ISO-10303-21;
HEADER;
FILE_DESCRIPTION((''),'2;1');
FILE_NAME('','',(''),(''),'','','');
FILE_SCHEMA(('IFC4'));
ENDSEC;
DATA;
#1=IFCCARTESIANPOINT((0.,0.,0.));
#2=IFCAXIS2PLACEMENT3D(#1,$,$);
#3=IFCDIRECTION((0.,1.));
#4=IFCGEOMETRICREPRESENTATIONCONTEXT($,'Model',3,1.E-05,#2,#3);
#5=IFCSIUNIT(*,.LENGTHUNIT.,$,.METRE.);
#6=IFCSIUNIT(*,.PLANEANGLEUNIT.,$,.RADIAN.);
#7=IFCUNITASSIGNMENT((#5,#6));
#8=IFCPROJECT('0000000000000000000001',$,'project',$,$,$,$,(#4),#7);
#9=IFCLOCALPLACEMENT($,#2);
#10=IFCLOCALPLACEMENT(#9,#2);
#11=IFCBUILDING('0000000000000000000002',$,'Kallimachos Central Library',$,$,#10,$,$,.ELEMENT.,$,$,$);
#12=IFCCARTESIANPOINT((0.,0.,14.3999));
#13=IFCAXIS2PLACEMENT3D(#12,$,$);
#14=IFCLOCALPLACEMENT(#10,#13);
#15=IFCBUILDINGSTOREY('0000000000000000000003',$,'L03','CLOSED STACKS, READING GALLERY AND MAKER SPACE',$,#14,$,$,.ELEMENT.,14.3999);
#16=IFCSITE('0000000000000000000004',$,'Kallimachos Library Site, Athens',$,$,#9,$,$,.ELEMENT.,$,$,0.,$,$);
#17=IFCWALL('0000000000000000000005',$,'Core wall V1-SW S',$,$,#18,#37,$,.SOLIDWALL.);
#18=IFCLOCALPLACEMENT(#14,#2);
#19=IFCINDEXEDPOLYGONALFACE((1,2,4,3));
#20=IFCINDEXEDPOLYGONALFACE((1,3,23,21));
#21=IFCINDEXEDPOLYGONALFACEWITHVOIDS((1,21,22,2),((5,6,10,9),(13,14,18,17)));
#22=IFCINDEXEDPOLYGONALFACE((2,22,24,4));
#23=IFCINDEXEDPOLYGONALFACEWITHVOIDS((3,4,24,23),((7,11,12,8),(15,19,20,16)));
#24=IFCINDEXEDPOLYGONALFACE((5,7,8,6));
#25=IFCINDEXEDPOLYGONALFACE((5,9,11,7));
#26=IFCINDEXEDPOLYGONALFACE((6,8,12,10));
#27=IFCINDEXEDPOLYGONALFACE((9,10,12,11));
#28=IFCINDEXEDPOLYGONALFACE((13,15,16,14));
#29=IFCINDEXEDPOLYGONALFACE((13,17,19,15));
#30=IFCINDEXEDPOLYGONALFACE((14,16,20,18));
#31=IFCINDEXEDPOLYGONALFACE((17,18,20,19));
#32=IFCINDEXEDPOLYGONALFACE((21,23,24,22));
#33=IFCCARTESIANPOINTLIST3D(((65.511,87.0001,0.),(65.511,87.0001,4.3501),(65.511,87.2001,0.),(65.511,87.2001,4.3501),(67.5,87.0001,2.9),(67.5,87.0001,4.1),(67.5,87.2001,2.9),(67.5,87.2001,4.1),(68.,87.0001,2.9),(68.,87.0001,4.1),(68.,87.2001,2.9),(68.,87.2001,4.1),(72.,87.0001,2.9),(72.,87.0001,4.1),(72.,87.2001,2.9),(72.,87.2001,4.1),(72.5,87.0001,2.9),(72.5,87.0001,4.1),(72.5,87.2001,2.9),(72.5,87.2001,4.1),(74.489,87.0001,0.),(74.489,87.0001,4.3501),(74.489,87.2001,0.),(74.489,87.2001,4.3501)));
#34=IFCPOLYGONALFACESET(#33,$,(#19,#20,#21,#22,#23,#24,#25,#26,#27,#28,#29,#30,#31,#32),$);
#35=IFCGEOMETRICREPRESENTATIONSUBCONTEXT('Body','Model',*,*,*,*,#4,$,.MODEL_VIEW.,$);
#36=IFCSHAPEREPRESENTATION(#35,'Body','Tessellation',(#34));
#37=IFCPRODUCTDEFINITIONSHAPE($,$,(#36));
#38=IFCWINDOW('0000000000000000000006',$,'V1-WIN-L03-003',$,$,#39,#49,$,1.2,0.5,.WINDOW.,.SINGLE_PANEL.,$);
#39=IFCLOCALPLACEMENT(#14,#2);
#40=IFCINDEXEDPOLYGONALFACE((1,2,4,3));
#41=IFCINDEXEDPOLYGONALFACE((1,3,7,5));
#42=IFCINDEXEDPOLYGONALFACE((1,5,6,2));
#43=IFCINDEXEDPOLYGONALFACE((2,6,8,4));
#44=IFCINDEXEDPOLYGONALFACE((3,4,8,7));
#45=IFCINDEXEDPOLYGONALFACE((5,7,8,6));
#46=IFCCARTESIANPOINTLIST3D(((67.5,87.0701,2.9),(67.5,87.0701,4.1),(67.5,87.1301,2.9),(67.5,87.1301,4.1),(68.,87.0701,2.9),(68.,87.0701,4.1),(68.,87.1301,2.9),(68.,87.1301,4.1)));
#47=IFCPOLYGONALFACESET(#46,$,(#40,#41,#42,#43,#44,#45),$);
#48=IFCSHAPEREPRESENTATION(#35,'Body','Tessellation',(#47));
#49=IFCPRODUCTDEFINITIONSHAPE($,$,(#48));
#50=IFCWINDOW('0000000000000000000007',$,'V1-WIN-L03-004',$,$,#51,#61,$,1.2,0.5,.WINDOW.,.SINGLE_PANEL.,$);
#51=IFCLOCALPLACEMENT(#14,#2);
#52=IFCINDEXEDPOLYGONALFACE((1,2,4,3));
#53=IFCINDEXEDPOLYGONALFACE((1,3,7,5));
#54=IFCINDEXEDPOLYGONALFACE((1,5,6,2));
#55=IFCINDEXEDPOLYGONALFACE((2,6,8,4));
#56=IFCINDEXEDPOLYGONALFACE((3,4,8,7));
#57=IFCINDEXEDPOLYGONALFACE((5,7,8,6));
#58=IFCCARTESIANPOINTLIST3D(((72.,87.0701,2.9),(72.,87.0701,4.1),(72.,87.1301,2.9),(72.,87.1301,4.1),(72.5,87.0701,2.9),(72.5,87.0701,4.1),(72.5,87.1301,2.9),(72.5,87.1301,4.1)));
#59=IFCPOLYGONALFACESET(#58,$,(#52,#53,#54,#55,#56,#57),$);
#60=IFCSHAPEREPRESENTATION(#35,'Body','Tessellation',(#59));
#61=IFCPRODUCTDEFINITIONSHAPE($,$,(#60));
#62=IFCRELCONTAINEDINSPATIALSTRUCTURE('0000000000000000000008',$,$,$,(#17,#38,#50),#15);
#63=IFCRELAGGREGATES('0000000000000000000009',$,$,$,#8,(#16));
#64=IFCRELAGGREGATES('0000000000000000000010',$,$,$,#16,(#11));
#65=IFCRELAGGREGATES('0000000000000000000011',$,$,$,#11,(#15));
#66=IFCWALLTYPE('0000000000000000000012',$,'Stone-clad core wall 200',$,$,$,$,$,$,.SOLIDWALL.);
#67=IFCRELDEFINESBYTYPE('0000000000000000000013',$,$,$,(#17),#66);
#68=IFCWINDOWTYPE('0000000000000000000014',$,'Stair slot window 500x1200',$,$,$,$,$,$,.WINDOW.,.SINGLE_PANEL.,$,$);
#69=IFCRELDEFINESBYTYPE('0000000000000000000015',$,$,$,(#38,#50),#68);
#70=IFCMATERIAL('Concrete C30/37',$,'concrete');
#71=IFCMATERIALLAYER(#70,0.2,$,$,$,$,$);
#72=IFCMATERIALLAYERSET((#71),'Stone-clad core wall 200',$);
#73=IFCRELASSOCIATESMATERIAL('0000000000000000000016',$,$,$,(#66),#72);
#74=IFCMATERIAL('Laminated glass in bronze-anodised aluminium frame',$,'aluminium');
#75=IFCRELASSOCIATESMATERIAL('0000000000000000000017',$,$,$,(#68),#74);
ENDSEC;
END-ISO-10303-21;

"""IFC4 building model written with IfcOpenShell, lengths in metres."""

from ifc_helpers import new_model, si_unit, direction, frame, frame_2d, origin, place, context, subcontext, project, spatial, rectangle, extrude, material, layer, layer_set, type_object, element, fill, save


model = new_model("IFC4")

# Units and contexts
model_context = context("Model", 3, precision=1e-05, world=origin(), true_north=direction((0.0, 1.0)))
body_context = subcontext(model_context, "Body", "Model", "MODEL_VIEW")
ifc_project = project(units=[si_unit("LENGTHUNIT", "METRE"), si_unit("PLANEANGLEUNIT", "RADIAN")], contexts=[model_context])

# Site, building, storey
site_placement = place(None, origin())
site = spatial("IfcSite", under=ifc_project, at=site_placement, Name="Kallimachos Library Site, Athens", CompositionType="ELEMENT", RefElevation=0.0)
building_placement = place(site_placement, origin())
building = spatial("IfcBuilding", under=site, at=building_placement, Name="Kallimachos Central Library", CompositionType="ELEMENT")
storey_placement = place(building_placement, frame((0.0, 0.0, 14.3999)))
storey = spatial("IfcBuildingStorey", under=building, at=storey_placement, Name="L03", Description="CLOSED STACKS, READING GALLERY AND MAKER SPACE", CompositionType="ELEMENT", Elevation=14.3999)

# Wall, openings, windows
ifc_material_1 = material(Name="Concrete C30/37", Category="concrete")
ifc_layer_1 = layer(ifc_material_1, 0.2)
ifc_layer_set_1 = layer_set([ifc_layer_1], Name="Stone-clad core wall 200")
wall_type_1 = type_object("IfcWallType", Name="Stone-clad core wall 200", PredefinedType="SOLIDWALL", material=ifc_layer_set_1)
ifc_material_2 = material(Name="Laminated glass in bronze-anodised aluminium frame", Category="aluminium")
window_type = type_object("IfcWindowType", Name="Stair slot window 500x1200", PartitioningType="SINGLE_PANEL", PredefinedType="WINDOW", material=ifc_material_2)
wall_1_placement = place(storey_placement, frame((65.511, 87.1001, 0.0), z_axis=(0.0, 0.0, 1.0), x_axis=(1.0, 0.0, 0.0)))
wall_1 = element("IfcWall", 1, at=wall_1_placement, inside=storey, type_object=wall_type_1, Name="Core wall V1-SW S", PredefinedType="SOLIDWALL", context=body_context, shape_type="SweptSolid", body=[
    extrude(rectangle(XDim=8.978, YDim=0.2, at=frame_2d((4.489, 0.0))), origin(), (0.0, 0.0, 1.0), 4.3501),
])
opening_1_placement = place(wall_1_placement, frame((1.989, 0.0, 2.8999)))
opening_1 = element("IfcOpeningElement", 2, at=opening_1_placement, cuts=wall_1, PredefinedType="OPENING", context=body_context, shape_type="SweptSolid", body=[
    extrude(rectangle(XDim=0.5, YDim=1.2, at=frame_2d((0.25, 0.6001))), frame((0.0, 0.1099, 0.0), z_axis=(0.0, -1.0, 0.0), x_axis=(1.0, 0.0, 0.0)), (0.0, 0.0, 1.0), 0.22),
])
opening_2_placement = place(wall_1_placement, frame((6.489, 0.0, 2.8999)))
opening_2 = element("IfcOpeningElement", 3, at=opening_2_placement, cuts=wall_1, PredefinedType="OPENING", context=body_context, shape_type="SweptSolid", body=[
    extrude(rectangle(XDim=0.5, YDim=1.2, at=frame_2d((0.25, 0.6001))), frame((0.0, 0.1099, 0.0), z_axis=(0.0, -1.0, 0.0), x_axis=(1.0, 0.0, 0.0)), (0.0, 0.0, 1.0), 0.22),
])
window_1_placement = place(opening_1_placement, origin())
window_1 = element("IfcWindow", 4, at=window_1_placement, inside=storey, type_object=window_type, Name="V1-WIN-L03-003", OverallHeight=1.2, OverallWidth=0.5, PartitioningType="SINGLE_PANEL", PredefinedType="WINDOW", context=body_context, shape_type="SweptSolid", body=[
    extrude(rectangle(XDim=0.5, YDim=1.2, at=frame_2d((0.25, 0.6001))), frame((0.0, 0.03, 0.0), z_axis=(0.0, -1.0, 0.0), x_axis=(1.0, 0.0, 0.0)), (0.0, 0.0, 1.0), 0.0601),
])
fill(opening_1, window_1)
window_2_placement = place(opening_2_placement, origin())
window_2 = element("IfcWindow", 5, at=window_2_placement, inside=storey, type_object=window_type, Name="V1-WIN-L03-004", OverallHeight=1.2, OverallWidth=0.5, PartitioningType="SINGLE_PANEL", PredefinedType="WINDOW", context=body_context, shape_type="SweptSolid", body=[
    extrude(rectangle(XDim=0.5, YDim=1.2, at=frame_2d((0.25, 0.6001))), frame((0.0, 0.03, 0.0), z_axis=(0.0, -1.0, 0.0), x_axis=(1.0, 0.0, 0.0)), (0.0, 0.0, 1.0), 0.0601),
])
fill(opening_2, window_2)

save(model, "model.ifc")
